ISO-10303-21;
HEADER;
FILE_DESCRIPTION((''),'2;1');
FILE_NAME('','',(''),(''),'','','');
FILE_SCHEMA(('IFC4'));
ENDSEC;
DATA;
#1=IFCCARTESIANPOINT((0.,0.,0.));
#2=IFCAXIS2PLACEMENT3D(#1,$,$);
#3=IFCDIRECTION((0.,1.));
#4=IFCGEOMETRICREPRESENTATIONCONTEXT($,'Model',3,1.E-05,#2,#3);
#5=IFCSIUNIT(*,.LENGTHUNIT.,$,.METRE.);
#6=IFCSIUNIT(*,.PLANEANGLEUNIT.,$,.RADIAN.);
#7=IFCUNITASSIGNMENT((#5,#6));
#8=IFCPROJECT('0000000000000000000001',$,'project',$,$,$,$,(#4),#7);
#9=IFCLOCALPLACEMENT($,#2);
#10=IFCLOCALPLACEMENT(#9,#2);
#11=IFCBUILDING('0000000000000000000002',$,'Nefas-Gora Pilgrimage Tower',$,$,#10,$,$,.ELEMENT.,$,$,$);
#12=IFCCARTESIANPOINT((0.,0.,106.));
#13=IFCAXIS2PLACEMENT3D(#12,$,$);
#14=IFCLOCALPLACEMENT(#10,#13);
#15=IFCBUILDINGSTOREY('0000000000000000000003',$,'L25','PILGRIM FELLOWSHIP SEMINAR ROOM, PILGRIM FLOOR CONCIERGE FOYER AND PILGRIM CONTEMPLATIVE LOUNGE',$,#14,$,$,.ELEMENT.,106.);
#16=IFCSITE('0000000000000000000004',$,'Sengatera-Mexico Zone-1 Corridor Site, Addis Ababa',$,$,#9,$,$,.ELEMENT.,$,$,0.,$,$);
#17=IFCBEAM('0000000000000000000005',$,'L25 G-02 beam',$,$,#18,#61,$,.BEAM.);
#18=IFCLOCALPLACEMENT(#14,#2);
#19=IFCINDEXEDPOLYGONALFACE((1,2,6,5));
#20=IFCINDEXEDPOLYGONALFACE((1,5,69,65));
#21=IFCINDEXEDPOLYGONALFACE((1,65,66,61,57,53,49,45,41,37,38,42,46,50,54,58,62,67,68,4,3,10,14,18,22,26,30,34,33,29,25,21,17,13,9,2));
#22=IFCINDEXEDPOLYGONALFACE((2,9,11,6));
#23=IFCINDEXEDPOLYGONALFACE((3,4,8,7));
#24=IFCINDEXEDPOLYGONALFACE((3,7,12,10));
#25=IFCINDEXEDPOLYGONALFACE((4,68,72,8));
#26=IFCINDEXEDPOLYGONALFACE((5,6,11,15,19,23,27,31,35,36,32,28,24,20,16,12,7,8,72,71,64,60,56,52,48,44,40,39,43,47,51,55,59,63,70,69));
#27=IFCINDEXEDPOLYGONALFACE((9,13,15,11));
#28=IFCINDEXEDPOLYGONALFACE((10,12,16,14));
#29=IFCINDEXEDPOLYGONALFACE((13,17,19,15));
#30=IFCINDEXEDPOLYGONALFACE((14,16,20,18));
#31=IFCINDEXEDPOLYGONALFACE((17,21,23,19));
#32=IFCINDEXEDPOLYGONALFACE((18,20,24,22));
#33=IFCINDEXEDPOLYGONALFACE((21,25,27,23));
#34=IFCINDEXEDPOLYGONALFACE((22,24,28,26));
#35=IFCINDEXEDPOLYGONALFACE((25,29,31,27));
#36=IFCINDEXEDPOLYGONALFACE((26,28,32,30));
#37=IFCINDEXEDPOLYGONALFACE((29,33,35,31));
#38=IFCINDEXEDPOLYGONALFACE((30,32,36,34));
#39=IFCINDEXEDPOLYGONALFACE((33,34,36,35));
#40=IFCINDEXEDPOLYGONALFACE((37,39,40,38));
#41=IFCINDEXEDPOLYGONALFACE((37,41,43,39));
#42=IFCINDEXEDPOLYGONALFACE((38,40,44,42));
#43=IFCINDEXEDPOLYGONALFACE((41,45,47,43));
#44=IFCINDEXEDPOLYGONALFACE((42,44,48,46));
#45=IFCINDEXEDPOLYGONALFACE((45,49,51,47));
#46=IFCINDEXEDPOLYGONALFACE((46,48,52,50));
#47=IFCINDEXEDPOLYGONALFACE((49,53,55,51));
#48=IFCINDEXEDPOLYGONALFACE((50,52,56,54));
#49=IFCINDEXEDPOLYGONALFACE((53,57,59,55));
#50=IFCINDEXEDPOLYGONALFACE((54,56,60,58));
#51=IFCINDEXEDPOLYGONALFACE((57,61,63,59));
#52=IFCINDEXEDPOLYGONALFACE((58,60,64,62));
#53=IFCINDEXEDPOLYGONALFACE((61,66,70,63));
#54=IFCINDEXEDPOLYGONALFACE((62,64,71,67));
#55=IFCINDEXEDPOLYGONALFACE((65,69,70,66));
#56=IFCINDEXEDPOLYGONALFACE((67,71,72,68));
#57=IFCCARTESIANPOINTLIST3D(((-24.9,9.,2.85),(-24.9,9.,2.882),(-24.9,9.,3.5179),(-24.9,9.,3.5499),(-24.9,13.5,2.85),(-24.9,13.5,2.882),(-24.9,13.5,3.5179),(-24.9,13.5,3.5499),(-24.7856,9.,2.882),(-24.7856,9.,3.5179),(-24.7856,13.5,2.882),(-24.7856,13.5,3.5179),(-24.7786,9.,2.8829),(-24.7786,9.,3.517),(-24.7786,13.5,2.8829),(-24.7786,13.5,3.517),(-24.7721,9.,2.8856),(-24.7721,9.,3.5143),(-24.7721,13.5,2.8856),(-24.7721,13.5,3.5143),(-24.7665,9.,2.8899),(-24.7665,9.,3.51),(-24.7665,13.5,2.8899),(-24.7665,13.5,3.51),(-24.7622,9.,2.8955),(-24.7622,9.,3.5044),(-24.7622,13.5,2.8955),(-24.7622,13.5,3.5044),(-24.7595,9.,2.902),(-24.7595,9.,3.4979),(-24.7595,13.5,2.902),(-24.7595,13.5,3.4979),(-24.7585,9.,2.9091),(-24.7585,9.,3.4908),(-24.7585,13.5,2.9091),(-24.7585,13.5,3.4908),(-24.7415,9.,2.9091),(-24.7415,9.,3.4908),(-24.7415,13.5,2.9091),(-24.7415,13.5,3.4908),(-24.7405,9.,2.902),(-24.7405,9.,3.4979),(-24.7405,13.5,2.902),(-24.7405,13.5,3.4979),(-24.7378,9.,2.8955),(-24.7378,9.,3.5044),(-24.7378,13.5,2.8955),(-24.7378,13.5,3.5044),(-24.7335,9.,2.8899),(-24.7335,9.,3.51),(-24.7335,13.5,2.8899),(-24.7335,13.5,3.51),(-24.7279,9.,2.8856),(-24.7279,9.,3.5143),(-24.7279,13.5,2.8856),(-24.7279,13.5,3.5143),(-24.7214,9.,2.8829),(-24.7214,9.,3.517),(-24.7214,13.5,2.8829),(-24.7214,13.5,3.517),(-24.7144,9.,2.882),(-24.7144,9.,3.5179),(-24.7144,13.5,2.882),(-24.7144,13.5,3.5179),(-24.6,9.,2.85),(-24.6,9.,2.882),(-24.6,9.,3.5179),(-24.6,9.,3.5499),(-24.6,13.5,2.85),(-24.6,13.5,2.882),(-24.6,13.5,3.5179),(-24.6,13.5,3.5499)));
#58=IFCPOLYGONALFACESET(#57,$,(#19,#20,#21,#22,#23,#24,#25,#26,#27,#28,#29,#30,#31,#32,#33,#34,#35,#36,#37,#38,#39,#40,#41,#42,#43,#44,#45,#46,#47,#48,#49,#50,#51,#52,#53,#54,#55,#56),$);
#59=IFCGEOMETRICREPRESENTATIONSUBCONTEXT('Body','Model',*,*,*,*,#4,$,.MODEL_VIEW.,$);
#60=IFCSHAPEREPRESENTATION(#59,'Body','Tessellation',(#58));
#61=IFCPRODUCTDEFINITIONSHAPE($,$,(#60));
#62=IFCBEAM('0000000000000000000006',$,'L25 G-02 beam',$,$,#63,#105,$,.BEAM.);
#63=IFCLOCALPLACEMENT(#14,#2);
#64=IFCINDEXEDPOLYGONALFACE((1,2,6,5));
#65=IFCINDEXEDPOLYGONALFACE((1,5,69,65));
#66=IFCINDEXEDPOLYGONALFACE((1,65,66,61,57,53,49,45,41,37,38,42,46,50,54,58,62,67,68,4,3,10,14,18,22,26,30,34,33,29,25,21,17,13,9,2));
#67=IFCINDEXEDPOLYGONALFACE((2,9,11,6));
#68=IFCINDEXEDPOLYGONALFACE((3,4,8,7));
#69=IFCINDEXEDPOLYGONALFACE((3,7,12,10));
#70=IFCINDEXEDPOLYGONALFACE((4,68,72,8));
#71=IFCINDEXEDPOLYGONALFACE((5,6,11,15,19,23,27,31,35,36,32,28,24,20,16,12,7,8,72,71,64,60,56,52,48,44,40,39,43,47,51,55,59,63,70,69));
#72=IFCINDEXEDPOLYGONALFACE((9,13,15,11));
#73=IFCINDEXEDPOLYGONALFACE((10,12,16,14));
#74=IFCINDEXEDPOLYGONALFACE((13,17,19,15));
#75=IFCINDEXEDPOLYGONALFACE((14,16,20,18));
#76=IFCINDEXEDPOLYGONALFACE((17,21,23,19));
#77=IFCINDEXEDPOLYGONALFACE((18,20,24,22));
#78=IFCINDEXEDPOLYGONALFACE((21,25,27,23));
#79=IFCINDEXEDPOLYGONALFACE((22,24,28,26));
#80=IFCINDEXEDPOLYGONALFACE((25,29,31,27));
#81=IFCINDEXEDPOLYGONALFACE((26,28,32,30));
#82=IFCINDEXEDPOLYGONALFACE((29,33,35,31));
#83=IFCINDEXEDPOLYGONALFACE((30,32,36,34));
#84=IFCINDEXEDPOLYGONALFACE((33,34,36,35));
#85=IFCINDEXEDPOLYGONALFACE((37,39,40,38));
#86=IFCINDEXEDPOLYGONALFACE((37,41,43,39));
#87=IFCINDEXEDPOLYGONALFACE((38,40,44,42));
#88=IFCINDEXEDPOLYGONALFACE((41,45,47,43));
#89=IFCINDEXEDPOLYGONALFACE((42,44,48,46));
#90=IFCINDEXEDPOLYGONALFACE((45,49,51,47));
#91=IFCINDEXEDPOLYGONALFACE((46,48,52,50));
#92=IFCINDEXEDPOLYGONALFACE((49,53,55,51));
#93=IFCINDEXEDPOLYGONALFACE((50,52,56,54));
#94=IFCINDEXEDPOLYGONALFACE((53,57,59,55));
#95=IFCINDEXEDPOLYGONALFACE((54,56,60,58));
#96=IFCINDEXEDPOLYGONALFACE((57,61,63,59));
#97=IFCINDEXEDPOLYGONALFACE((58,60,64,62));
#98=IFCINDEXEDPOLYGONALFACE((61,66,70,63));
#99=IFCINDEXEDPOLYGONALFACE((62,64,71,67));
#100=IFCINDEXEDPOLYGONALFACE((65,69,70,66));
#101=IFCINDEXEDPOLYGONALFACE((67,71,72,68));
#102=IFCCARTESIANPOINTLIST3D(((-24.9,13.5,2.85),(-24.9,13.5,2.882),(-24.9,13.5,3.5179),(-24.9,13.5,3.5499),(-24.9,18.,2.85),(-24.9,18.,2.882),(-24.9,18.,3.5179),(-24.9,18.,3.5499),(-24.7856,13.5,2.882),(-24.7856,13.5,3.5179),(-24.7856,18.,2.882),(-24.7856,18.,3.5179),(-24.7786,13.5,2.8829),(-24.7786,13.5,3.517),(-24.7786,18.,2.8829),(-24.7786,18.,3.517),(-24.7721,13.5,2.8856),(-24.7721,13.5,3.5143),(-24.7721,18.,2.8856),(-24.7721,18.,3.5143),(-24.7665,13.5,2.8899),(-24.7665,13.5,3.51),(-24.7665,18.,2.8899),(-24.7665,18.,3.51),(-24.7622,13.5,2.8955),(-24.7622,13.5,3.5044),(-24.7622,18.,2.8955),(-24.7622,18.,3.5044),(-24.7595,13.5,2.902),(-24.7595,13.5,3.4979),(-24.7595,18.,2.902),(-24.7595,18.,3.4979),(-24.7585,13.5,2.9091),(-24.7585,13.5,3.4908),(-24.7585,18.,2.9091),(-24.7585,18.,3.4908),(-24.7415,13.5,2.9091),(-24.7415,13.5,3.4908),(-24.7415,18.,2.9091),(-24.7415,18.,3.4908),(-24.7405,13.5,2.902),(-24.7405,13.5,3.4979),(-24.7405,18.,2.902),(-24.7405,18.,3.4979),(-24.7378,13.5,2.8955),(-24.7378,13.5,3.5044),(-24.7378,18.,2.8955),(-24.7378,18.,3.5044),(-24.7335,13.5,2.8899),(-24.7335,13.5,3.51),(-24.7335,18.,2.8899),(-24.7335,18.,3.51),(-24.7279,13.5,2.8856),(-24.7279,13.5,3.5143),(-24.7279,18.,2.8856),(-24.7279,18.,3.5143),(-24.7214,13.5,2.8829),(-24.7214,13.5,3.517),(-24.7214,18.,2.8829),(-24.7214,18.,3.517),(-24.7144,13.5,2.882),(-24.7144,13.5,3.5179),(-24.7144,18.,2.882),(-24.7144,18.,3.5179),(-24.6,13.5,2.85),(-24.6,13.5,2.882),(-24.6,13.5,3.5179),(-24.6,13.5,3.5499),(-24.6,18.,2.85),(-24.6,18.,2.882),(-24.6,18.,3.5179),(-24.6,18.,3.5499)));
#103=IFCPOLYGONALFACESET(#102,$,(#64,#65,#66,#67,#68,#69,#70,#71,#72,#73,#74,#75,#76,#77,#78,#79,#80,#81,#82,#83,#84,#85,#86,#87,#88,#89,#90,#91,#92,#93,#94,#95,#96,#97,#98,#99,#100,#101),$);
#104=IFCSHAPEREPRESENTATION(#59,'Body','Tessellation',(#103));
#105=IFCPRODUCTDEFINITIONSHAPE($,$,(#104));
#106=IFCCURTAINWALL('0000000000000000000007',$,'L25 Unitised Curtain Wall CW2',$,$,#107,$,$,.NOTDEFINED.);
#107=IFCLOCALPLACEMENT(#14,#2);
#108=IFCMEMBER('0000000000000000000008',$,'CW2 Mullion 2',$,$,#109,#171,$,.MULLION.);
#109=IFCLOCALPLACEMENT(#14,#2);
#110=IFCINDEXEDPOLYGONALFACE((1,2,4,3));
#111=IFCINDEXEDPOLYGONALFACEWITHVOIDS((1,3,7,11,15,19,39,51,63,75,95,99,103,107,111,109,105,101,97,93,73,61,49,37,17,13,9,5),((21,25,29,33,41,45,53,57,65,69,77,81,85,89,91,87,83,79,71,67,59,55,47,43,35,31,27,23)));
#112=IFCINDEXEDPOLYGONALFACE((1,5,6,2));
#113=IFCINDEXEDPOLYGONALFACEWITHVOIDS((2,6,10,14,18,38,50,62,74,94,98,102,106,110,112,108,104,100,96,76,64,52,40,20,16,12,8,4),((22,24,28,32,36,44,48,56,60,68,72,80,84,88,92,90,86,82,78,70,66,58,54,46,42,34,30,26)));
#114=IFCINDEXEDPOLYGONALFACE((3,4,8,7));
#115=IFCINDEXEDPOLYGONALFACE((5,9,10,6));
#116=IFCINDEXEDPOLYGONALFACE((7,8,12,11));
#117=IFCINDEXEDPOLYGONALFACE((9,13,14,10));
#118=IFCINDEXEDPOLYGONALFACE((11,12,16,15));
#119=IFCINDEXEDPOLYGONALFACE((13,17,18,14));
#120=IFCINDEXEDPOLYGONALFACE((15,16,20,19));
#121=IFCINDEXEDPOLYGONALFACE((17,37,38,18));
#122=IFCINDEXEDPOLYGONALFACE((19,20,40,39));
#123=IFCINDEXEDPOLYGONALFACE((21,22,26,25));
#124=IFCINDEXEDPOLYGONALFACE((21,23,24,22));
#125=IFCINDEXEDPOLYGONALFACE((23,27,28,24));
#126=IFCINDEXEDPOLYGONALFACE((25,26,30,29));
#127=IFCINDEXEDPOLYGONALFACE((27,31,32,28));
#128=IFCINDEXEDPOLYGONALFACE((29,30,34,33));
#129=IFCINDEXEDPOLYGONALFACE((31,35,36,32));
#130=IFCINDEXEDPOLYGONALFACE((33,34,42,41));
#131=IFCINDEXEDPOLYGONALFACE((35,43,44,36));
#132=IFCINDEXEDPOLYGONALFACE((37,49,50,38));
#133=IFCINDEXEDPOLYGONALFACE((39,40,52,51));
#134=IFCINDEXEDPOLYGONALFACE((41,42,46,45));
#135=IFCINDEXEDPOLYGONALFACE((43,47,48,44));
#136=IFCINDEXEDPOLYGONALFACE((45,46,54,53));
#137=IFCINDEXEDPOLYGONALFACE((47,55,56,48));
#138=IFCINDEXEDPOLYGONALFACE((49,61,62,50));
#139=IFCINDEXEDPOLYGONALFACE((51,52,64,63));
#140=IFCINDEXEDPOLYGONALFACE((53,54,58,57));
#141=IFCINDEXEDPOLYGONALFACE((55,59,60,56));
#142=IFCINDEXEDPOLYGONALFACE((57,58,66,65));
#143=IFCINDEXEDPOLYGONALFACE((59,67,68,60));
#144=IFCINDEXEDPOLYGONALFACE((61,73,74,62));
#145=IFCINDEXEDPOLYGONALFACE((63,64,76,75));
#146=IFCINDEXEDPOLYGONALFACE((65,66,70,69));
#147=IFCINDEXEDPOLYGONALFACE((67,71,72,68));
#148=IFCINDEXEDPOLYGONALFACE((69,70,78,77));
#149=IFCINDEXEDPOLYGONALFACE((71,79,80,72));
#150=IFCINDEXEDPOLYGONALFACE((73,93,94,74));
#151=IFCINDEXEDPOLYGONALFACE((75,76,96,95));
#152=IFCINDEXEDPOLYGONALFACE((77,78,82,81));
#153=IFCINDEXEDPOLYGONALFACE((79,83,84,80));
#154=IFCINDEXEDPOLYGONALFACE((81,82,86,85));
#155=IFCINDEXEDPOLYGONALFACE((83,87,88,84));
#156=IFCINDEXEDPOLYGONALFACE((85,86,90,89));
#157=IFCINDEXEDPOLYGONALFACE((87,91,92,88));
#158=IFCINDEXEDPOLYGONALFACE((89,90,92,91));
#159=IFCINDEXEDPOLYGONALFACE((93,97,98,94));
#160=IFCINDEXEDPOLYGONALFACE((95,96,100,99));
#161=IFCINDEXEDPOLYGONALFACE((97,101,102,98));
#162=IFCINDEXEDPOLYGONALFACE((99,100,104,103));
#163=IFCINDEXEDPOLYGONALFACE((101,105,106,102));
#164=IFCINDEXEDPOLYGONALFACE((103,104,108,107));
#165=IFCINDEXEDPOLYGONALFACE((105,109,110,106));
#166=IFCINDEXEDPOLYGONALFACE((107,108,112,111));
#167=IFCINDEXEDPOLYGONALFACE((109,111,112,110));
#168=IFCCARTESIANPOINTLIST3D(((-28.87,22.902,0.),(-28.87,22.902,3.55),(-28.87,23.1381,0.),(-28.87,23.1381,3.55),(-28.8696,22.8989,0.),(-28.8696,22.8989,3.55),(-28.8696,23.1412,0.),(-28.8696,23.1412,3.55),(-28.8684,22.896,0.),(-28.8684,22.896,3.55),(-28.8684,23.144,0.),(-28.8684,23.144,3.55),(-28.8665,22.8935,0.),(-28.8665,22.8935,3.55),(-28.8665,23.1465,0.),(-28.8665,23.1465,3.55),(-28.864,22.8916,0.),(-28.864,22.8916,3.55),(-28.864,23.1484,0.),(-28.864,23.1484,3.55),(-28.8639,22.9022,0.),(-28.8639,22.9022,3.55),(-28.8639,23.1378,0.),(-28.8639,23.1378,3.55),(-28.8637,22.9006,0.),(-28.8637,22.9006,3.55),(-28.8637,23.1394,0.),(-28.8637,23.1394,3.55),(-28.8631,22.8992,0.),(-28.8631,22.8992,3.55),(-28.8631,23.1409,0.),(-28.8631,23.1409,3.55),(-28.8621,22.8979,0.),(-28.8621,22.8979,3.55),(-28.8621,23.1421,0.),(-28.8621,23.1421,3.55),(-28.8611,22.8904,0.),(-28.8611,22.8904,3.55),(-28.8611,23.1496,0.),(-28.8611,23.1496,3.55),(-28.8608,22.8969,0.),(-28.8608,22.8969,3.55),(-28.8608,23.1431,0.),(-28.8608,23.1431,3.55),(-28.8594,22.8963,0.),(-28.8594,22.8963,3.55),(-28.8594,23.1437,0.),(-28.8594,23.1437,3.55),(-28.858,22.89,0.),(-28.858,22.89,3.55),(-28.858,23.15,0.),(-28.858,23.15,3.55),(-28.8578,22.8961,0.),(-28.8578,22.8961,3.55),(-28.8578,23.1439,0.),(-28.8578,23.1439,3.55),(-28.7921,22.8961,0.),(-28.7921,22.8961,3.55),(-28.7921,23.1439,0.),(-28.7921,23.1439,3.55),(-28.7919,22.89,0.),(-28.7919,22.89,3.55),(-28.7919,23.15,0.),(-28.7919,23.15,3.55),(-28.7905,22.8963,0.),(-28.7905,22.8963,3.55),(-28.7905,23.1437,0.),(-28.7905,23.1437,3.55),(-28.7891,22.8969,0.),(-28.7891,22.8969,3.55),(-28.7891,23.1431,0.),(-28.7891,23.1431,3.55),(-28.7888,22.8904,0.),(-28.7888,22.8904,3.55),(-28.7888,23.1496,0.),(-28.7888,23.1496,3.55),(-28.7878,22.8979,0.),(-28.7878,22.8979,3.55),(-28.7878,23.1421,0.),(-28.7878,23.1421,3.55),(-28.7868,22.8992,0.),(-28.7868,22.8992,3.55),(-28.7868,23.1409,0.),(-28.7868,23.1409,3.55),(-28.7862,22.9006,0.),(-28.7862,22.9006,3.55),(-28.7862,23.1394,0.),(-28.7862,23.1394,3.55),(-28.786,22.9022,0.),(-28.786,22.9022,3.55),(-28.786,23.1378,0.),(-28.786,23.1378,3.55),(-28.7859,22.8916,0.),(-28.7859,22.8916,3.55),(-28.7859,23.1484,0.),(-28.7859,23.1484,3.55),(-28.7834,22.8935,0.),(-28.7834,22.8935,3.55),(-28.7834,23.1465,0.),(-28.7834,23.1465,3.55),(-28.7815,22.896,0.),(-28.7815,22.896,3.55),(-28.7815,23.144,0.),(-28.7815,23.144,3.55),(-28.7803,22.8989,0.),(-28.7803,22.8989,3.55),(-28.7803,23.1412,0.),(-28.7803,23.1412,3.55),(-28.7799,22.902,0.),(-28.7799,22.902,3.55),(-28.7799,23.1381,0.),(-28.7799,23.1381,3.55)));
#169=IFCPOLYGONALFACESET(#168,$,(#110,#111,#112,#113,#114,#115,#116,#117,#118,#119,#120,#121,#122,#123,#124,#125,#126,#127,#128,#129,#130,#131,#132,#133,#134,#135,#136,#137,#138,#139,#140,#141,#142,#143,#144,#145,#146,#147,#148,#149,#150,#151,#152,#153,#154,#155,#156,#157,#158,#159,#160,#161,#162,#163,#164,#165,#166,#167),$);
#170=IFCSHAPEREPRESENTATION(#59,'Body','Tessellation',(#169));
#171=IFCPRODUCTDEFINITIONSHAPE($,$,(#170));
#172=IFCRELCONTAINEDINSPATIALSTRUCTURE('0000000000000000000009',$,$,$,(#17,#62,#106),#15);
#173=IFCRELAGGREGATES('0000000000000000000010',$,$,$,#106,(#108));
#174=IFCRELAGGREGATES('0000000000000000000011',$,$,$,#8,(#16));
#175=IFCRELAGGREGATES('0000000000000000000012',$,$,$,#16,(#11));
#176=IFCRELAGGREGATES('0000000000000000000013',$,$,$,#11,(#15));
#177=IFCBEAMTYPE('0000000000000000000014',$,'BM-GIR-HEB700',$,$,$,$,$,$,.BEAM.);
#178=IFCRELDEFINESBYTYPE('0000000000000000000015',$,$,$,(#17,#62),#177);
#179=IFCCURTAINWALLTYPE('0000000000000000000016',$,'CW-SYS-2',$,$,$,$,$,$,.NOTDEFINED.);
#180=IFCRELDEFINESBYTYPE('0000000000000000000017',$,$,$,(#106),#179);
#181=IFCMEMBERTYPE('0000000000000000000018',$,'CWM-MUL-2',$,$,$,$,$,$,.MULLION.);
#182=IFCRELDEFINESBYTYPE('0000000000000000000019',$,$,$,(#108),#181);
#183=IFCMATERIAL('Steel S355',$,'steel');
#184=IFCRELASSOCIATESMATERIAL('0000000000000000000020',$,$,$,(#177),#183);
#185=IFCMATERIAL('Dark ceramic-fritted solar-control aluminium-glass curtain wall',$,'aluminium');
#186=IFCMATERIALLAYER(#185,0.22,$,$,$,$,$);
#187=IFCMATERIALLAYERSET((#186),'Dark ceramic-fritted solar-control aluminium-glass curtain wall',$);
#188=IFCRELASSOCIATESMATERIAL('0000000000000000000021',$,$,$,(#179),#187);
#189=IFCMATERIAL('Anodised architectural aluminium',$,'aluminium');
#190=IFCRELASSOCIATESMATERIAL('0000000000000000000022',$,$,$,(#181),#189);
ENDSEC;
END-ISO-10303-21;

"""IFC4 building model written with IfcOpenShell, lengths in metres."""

from ifc_helpers import new_model, si_unit, direction, frame, origin, origin_2d, place, context, subcontext, project, spatial, hollow_rectangle, i_section, extrude, source, transform, mapped, material, layer, layer_set, material_profile, profile_set, type_object, element, aggregate, save


model = new_model("IFC4")

# Units and contexts
model_context = context("Model", 3, precision=1e-05, world=origin(), true_north=direction((0.0, 1.0)))
body_context = subcontext(model_context, "Body", "Model", "MODEL_VIEW")
ifc_project = project(units=[si_unit("LENGTHUNIT", "METRE"), si_unit("PLANEANGLEUNIT", "RADIAN")], contexts=[model_context])

# Site, building, storey
site_placement = place(None, origin())
site = spatial("IfcSite", under=ifc_project, at=site_placement, Name="Sengatera-Mexico Zone-1 Corridor Site, Addis Ababa", CompositionType="ELEMENT", RefElevation=0.0)
building_placement = place(site_placement, origin())
building = spatial("IfcBuilding", under=site, at=building_placement, Name="Nefas-Gora Pilgrimage Tower", CompositionType="ELEMENT")
storey_placement = place(building_placement, frame((0.0, 0.0, 106.0)))
storey = spatial("IfcBuildingStorey", under=building, at=storey_placement, Name="L25", Description="PILGRIM FELLOWSHIP SEMINAR ROOM, PILGRIM FLOOR CONCIERGE FOYER AND PILGRIM CONTEMPLATIVE LOUNGE", CompositionType="ELEMENT", Elevation=106.0)

# Beams
ifc_material_1 = material(Name="Steel S355", Category="steel")
ifc_material_profile_1 = material_profile(ifc_material_1, i_section(OverallWidth=0.3, OverallDepth=0.7, WebThickness=0.0171, FlangeThickness=0.032, FilletRadius=0.0271, at=origin_2d()), Name="HEB 700")
ifc_profile_set_1 = profile_set([ifc_material_profile_1], Name="Steel S355")
beam_type_1 = type_object("IfcBeamType", Name="BM-GIR-HEB700", PredefinedType="BEAM", material=ifc_profile_set_1)
shared_shape_1 = source(origin(), body_context, "Body", "SweptSolid", [
    extrude(i_section(OverallWidth=0.3, OverallDepth=0.7, WebThickness=0.0171, FlangeThickness=0.032, FilletRadius=0.0271, at=origin_2d()), origin(), (0.0, 0.0, 1.0), 4.5),
])
for number, where, z_axis, x_axis, name in (
    (1, (-24.75, 9.0, 3.2), (0.0, 1.0, 0.0), (-1.0, 0.0, 0.0), "L25 G-02 beam"),
    (2, (-24.75, 13.5, 3.2), (0.0, 1.0, 0.0), (-1.0, 0.0, 0.0), "L25 G-02 beam"),
):
    element("IfcBeam", number, at=place(storey_placement, frame(where, z_axis=z_axis, x_axis=x_axis)), inside=storey, type_object=beam_type_1, Name=name, PredefinedType="BEAM", context=body_context, shape_type="MappedRepresentation", body=[
        mapped(shared_shape_1, transform((0.0, 0.0, 0.0), x_axis=(1.0, 0.0, 0.0), y_axis=(0.0, 1.0, 0.0), z_axis=(0.0, 0.0, 1.0), scale=1.0)),
    ])

# Curtain wall, member
ifc_material_2 = material(Name="Dark ceramic-fritted solar-control aluminium-glass curtain wall", Category="aluminium")
ifc_layer_1 = layer(ifc_material_2, 0.22)
ifc_layer_set_1 = layer_set([ifc_layer_1], Name="Dark ceramic-fritted solar-control aluminium-glass curtain wall")
curtain_wall_type = type_object("IfcCurtainWallType", Name="CW-SYS-2", PredefinedType="NOTDEFINED", material=ifc_layer_set_1)
curtain_wall_1_placement = place(storey_placement, origin())
curtain_wall_1 = element("IfcCurtainWall", 3, at=curtain_wall_1_placement, inside=storey, type_object=curtain_wall_type, Name="L25 Unitised Curtain Wall CW2", PredefinedType="NOTDEFINED")
ifc_material_3 = material(Name="Anodised architectural aluminium", Category="aluminium")
ifc_material_profile_2 = material_profile(ifc_material_3, hollow_rectangle(XDim=0.0901, YDim=0.26, WallThickness=0.0061, InnerFilletRadius=0.0061, OuterFilletRadius=0.012, at=origin_2d()), Name="ALU MULLION 90x260")
ifc_profile_set_2 = profile_set([ifc_material_profile_2], Name="Anodised architectural aluminium")
member_type_1 = type_object("IfcMemberType", Name="CWM-MUL-2", PredefinedType="MULLION", material=ifc_profile_set_2)
shared_shape_2 = source(origin(), body_context, "Body", "SweptSolid", [
    extrude(hollow_rectangle(XDim=0.0901, YDim=0.26, WallThickness=0.0061, InnerFilletRadius=0.0061, OuterFilletRadius=0.012, at=origin_2d()), origin(), (0.0, 0.0, 1.0), 3.55),
])
member_1_placement = place(storey_placement, frame((-28.825, 23.02, 0.0), z_axis=(0.0, 0.0, 1.0), x_axis=(-1.0, 0.0, 0.0)))
member_1 = element("IfcMember", 4, at=member_1_placement, type_object=member_type_1, Name="CW2 Mullion 2", PredefinedType="MULLION", context=body_context, shape_type="MappedRepresentation", body=[
    mapped(shared_shape_2, transform((0.0, 0.0, 0.0), x_axis=(1.0, 0.0, 0.0), y_axis=(0.0, 1.0, 0.0), z_axis=(0.0, 0.0, 1.0), scale=1.0)),
])
aggregate(curtain_wall_1, [member_1])

save(model, "model.ifc")
